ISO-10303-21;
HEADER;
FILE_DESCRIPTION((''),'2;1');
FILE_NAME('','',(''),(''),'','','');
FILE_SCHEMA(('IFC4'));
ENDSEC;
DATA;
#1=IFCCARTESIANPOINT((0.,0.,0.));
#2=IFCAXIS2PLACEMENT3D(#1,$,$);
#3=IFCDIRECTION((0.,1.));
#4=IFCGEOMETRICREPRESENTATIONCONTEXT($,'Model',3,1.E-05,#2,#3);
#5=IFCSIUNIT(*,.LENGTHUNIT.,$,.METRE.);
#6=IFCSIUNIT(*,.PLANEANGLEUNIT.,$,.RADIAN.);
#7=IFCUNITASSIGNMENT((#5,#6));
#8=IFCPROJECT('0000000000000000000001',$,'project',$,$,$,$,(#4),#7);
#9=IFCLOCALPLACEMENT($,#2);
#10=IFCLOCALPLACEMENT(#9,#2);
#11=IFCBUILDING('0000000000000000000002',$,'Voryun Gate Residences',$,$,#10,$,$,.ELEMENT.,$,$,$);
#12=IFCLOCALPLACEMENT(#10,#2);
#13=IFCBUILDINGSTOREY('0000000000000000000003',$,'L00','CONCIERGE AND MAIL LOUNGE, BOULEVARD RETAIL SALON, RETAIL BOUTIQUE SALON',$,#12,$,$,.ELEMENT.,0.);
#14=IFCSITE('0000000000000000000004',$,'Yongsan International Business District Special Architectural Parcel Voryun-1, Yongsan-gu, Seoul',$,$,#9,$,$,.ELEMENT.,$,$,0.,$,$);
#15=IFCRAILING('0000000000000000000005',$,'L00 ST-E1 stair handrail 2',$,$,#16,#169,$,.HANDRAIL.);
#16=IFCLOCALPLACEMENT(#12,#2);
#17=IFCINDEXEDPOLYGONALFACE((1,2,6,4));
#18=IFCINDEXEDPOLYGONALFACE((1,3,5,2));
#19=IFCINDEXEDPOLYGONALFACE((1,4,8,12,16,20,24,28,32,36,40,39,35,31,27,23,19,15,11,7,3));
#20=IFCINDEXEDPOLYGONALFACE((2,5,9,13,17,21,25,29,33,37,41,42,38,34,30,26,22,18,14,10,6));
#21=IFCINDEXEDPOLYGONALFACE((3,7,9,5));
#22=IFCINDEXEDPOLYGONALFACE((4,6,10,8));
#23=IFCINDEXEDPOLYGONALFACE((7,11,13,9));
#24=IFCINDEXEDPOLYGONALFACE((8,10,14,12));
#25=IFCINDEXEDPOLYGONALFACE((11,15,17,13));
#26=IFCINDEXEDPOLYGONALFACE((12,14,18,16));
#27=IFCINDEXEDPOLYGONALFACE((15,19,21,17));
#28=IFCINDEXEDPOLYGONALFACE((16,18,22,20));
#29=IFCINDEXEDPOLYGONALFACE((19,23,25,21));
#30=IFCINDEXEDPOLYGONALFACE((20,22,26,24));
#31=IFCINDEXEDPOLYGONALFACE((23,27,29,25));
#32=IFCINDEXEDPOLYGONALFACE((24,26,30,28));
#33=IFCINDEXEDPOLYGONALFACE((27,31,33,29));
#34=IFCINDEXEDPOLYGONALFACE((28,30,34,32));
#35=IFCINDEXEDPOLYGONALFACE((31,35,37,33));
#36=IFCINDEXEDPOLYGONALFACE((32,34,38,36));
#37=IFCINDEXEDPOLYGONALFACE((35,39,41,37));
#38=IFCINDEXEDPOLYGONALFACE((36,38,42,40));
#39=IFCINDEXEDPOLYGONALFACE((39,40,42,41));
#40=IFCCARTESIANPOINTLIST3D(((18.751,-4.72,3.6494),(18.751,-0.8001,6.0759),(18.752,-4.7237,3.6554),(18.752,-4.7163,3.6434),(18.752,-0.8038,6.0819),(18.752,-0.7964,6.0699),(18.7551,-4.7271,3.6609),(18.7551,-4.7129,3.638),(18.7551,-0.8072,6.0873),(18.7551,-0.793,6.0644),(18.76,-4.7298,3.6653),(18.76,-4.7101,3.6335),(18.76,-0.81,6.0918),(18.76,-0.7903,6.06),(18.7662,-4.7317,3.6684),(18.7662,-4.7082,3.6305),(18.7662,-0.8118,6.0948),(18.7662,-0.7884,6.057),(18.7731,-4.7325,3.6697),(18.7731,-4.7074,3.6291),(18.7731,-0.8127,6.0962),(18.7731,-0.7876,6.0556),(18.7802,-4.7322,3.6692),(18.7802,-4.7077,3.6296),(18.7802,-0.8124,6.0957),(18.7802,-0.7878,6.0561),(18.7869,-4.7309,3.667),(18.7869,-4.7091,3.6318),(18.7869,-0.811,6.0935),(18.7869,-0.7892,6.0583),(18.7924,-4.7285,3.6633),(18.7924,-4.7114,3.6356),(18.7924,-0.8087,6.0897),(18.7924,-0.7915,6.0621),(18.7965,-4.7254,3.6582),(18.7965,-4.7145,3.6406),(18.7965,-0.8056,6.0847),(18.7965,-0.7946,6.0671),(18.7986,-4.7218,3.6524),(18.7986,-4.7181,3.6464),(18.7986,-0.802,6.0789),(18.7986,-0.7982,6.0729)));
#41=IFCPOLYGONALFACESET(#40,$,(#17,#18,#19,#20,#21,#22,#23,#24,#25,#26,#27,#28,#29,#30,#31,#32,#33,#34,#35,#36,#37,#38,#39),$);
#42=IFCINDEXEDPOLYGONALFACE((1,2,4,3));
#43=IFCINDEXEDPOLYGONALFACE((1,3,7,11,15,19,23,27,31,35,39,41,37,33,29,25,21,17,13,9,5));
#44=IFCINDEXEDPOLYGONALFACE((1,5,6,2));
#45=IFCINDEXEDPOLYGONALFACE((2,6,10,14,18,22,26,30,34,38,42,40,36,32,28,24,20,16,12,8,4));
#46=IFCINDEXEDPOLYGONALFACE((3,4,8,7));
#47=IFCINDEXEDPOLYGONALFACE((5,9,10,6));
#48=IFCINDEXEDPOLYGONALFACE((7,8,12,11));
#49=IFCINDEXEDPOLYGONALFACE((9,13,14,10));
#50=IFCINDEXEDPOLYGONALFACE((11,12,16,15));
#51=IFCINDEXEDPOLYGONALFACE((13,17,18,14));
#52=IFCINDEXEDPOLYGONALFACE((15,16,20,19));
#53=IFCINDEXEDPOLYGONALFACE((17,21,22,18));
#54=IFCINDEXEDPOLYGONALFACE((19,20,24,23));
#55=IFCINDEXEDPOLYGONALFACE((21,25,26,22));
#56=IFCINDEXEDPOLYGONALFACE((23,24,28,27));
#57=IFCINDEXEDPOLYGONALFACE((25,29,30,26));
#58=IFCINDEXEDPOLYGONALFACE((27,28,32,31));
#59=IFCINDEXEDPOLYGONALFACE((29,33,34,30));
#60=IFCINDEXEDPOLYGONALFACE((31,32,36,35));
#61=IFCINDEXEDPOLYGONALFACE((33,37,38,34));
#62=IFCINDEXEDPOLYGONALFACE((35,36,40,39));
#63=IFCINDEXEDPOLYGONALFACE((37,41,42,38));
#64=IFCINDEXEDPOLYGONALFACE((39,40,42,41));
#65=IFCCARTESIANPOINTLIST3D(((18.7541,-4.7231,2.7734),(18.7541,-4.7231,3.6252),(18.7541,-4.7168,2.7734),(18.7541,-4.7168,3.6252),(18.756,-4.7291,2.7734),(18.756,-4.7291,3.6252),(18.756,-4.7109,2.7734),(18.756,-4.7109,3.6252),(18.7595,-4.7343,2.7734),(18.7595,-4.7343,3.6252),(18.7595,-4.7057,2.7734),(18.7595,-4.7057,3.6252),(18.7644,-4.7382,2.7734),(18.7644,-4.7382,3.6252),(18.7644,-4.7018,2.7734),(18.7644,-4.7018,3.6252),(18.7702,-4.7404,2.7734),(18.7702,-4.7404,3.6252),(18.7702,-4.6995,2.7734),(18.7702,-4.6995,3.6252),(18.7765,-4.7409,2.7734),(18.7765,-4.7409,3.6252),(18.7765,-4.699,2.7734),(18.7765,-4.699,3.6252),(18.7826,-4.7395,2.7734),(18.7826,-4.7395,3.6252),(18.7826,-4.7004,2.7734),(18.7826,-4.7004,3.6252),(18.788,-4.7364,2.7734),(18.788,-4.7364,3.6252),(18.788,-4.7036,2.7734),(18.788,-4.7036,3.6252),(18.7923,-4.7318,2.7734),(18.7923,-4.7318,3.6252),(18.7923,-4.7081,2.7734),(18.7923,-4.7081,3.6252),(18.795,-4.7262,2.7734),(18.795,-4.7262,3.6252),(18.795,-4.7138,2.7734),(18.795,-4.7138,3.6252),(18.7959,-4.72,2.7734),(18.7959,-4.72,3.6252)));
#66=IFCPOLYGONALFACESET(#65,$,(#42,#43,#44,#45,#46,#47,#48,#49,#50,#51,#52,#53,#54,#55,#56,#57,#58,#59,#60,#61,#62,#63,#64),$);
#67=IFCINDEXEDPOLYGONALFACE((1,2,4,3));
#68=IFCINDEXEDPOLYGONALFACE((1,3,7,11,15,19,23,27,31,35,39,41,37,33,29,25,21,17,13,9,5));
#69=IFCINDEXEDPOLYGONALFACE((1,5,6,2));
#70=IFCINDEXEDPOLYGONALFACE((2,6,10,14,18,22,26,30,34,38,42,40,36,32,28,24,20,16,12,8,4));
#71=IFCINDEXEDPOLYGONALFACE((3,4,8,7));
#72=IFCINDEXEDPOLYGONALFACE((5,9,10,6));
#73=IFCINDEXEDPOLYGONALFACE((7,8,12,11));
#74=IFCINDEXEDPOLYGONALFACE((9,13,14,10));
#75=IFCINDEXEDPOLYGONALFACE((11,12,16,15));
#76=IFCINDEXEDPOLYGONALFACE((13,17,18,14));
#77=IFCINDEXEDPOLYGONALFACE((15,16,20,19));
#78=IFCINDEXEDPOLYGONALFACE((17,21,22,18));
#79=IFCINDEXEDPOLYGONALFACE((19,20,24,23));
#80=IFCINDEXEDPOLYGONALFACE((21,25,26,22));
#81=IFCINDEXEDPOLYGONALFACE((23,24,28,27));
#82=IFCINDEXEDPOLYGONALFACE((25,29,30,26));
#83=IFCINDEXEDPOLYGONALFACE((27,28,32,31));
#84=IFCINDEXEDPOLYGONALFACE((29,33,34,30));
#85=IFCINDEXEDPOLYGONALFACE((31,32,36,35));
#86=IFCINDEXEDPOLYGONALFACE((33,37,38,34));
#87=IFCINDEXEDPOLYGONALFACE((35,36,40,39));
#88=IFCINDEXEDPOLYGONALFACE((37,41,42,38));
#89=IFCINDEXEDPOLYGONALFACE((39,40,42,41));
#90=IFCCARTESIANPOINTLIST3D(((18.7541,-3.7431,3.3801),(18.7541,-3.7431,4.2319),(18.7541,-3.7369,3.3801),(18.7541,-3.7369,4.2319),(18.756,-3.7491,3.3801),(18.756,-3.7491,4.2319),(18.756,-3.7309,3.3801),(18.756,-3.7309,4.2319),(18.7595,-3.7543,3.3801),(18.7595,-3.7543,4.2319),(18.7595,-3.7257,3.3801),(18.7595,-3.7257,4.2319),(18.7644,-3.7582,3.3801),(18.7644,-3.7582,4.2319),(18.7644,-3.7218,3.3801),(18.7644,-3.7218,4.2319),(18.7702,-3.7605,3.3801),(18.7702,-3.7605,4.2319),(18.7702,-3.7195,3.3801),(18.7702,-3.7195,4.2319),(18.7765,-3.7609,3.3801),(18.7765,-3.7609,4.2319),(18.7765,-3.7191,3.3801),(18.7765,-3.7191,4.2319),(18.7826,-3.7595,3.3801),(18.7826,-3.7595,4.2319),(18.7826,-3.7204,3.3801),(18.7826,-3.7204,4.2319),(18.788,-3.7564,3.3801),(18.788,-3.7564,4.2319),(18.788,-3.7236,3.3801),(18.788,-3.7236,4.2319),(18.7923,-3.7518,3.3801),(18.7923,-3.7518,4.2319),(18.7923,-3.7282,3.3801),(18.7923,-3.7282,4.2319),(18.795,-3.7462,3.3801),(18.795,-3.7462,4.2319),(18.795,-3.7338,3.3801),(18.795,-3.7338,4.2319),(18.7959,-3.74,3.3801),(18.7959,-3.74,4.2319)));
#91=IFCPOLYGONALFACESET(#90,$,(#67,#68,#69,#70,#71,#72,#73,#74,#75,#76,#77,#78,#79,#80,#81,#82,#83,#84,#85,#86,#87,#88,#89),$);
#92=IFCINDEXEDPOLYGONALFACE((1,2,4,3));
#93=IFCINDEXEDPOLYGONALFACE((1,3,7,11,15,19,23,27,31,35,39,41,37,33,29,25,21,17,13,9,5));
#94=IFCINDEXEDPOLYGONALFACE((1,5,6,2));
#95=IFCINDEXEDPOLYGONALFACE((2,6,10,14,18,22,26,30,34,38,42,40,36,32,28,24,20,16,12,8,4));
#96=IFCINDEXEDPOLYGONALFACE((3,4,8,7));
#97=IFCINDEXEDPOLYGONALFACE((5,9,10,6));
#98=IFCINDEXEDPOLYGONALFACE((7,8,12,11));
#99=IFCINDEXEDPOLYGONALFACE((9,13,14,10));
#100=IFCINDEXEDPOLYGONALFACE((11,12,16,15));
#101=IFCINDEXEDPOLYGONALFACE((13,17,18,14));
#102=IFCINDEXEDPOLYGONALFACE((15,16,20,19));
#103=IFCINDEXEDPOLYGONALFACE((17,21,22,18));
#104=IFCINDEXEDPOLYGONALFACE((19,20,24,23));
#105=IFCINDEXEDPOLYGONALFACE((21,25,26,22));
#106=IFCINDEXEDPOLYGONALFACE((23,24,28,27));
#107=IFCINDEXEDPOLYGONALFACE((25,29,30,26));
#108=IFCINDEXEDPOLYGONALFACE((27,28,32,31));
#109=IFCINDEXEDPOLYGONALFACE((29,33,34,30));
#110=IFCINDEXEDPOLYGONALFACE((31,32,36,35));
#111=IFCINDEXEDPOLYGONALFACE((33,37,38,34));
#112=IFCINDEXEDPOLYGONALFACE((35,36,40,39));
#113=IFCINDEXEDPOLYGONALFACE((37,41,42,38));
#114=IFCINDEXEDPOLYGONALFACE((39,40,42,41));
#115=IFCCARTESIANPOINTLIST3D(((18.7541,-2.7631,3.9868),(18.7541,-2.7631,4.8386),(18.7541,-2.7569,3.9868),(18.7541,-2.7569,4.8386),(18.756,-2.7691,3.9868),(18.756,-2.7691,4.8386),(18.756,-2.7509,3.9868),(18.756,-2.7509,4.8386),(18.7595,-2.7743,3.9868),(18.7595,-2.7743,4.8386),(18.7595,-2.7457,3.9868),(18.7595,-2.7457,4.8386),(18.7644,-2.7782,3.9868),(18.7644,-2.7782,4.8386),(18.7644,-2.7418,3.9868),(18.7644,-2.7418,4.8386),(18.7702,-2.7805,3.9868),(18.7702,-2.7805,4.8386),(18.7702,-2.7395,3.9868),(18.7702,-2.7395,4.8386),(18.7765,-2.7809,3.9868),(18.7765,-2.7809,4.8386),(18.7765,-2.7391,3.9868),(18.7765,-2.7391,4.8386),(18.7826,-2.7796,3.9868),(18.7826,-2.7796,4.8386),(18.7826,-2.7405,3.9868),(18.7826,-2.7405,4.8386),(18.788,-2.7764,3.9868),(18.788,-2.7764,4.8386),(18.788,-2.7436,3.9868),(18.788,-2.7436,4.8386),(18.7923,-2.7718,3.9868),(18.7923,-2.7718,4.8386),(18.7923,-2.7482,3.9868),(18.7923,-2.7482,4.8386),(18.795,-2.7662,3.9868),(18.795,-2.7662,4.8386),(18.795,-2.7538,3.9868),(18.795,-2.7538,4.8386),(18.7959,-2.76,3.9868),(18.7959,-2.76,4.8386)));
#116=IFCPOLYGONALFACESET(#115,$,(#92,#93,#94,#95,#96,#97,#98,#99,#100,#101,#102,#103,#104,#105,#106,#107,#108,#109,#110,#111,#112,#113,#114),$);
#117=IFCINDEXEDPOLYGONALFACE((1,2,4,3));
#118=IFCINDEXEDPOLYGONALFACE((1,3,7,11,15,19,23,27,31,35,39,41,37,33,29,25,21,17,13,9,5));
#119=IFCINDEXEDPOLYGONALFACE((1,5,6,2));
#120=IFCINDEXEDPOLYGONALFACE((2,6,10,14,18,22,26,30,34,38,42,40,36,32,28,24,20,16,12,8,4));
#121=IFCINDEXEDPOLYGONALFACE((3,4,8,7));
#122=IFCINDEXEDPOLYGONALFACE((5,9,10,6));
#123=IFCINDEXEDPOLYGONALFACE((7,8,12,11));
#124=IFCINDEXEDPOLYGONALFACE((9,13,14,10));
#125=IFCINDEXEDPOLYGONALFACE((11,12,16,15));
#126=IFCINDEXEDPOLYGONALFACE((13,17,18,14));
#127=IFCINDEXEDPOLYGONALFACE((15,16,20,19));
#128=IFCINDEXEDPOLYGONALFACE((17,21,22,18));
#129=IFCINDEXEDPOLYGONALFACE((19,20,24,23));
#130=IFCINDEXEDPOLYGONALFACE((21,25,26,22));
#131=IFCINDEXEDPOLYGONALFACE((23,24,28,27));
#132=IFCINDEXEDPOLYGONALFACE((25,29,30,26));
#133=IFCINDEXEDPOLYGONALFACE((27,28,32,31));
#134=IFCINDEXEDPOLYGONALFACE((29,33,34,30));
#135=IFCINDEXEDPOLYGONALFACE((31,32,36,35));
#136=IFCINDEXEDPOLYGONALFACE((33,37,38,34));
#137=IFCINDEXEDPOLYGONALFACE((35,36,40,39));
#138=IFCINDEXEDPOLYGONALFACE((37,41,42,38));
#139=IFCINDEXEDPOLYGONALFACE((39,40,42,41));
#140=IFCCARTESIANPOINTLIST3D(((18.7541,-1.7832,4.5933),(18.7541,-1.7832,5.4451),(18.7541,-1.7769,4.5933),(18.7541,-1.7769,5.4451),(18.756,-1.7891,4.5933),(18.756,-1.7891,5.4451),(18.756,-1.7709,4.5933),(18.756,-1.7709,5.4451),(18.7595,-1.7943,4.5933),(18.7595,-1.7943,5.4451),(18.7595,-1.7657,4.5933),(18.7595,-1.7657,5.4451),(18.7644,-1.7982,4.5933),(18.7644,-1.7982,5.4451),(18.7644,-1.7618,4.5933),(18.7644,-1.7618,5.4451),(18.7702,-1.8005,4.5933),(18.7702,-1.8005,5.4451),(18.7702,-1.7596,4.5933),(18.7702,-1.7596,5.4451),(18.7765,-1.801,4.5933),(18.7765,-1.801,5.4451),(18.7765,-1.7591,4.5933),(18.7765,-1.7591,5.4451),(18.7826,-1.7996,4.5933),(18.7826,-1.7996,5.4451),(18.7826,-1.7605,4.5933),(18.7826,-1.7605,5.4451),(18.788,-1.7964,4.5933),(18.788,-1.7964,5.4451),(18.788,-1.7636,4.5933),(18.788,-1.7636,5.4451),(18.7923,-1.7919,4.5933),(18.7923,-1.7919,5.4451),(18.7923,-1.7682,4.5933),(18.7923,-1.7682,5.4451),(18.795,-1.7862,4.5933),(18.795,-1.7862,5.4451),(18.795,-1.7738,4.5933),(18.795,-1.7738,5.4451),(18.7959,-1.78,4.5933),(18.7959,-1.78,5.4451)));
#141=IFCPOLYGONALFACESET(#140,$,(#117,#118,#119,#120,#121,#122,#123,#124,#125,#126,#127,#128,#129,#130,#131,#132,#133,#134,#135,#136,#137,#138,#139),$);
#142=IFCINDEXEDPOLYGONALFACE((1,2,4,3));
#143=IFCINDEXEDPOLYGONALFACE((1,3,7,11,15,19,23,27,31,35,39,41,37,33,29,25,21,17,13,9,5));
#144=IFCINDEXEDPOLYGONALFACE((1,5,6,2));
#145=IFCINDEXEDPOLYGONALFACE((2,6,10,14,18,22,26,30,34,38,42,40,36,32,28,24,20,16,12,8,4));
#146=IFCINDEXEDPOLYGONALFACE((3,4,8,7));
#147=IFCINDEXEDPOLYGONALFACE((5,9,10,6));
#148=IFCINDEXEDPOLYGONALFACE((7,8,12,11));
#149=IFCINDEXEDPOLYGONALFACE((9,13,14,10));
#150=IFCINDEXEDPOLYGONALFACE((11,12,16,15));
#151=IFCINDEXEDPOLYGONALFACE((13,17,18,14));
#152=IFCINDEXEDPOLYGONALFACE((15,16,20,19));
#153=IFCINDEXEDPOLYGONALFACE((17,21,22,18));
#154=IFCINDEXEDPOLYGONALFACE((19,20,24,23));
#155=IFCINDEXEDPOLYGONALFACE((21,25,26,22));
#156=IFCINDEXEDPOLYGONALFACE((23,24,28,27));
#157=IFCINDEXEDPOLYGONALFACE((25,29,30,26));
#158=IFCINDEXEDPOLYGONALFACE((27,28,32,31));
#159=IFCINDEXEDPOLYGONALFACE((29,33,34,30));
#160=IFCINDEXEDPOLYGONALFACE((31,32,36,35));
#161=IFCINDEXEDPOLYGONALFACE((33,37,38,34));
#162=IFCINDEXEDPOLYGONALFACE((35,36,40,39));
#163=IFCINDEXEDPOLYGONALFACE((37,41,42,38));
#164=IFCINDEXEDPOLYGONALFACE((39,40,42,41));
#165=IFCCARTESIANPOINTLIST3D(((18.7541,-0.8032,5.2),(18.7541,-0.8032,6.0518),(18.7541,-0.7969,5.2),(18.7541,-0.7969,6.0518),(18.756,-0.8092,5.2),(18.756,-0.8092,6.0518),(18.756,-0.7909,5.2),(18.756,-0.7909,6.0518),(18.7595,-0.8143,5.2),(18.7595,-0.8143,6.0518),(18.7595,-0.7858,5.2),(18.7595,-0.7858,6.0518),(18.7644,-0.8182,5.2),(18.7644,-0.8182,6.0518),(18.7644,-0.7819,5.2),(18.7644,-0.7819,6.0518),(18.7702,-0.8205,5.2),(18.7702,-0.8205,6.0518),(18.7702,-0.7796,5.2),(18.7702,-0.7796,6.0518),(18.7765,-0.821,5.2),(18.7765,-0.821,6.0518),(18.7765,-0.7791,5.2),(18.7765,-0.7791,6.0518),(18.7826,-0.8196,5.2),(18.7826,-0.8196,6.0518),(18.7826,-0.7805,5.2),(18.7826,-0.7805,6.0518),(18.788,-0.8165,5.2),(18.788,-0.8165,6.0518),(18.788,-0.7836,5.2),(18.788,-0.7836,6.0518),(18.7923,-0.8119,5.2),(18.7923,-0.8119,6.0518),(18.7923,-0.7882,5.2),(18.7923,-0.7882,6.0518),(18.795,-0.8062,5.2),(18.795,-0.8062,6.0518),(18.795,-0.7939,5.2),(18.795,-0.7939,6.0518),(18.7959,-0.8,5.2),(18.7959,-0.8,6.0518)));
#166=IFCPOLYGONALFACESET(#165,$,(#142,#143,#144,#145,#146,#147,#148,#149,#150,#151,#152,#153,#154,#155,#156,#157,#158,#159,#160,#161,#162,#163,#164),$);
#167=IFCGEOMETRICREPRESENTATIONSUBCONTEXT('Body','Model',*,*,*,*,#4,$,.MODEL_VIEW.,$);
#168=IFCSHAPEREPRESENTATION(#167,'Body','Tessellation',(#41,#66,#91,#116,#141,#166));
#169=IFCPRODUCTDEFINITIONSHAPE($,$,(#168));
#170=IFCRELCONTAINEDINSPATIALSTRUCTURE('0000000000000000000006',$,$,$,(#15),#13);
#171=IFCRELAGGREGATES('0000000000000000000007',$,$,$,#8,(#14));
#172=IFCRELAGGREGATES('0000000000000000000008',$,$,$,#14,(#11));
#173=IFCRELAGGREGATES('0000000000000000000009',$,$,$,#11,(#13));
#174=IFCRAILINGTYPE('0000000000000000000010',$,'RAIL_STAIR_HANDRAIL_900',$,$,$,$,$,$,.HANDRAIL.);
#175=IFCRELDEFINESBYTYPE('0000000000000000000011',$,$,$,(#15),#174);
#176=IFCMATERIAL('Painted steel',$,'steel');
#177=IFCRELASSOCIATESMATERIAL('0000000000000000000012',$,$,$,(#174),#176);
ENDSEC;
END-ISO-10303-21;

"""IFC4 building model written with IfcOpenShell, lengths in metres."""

from ifc_helpers import new_model, si_unit, direction, frame, origin, origin_2d, place, context, subcontext, project, spatial, circle, extrude, material, type_object, element, save


model = new_model("IFC4")

# Units and contexts
model_context = context("Model", 3, precision=1e-05, world=origin(), true_north=direction((0.0, 1.0)))
body_context = subcontext(model_context, "Body", "Model", "MODEL_VIEW")
ifc_project = project(units=[si_unit("LENGTHUNIT", "METRE"), si_unit("PLANEANGLEUNIT", "RADIAN")], contexts=[model_context])

# Site, building, storey
site_placement = place(None, origin())
site = spatial("IfcSite", under=ifc_project, at=site_placement, Name="Yongsan International Business District Special Architectural Parcel Voryun-1, Yongsan-gu, Seoul", CompositionType="ELEMENT", RefElevation=0.0)
building_placement = place(site_placement, origin())
building = spatial("IfcBuilding", under=site, at=building_placement, Name="Voryun Gate Residences", CompositionType="ELEMENT")
storey_placement = place(building_placement, origin())
storey = spatial("IfcBuildingStorey", under=building, at=storey_placement, Name="L00", Description="CONCIERGE AND MAIL LOUNGE, BOULEVARD RETAIL SALON, RETAIL BOUTIQUE SALON", CompositionType="ELEMENT", Elevation=0.0)

# Railing
ifc_material_1 = material(Name="Painted steel", Category="steel")
railing_type_1 = type_object("IfcRailingType", Name="RAIL_STAIR_HANDRAIL_900", PredefinedType="HANDRAIL", material=ifc_material_1)
railing_1_placement = place(storey_placement, frame((18.7749, -4.72, 2.7734)))
element("IfcRailing", 1, at=railing_1_placement, inside=storey, type_object=railing_type_1, Name="L00 ST-E1 stair handrail 2", PredefinedType="HANDRAIL", context=body_context, shape_type="SweptSolid", body=[
    extrude(circle(Radius=0.0239, at=origin_2d()), frame((0.0, 0.0, 0.876), z_axis=(0.0, 0.850275, 0.526338), x_axis=(-1.0, 0.0, 0.0)), (0.0, 0.0, 1.0), 4.6101),
    extrude(circle(Radius=0.021, at=origin_2d()), origin(), (0.0, 0.0, 1.0), 0.8518),
    extrude(circle(Radius=0.021, at=origin_2d()), frame((0.0, 0.98, 0.6067)), (0.0, 0.0, 1.0), 0.8518),
    extrude(circle(Radius=0.021, at=origin_2d()), frame((0.0, 1.96, 1.2134)), (0.0, 0.0, 1.0), 0.8518),
    extrude(circle(Radius=0.021, at=origin_2d()), frame((0.0, 2.9399, 1.8198)), (0.0, 0.0, 1.0), 0.8518),
    extrude(circle(Radius=0.021, at=origin_2d()), frame((0.0, 3.9199, 2.4265)), (0.0, 0.0, 1.0), 0.8518),
])

save(model, "model.ifc")
